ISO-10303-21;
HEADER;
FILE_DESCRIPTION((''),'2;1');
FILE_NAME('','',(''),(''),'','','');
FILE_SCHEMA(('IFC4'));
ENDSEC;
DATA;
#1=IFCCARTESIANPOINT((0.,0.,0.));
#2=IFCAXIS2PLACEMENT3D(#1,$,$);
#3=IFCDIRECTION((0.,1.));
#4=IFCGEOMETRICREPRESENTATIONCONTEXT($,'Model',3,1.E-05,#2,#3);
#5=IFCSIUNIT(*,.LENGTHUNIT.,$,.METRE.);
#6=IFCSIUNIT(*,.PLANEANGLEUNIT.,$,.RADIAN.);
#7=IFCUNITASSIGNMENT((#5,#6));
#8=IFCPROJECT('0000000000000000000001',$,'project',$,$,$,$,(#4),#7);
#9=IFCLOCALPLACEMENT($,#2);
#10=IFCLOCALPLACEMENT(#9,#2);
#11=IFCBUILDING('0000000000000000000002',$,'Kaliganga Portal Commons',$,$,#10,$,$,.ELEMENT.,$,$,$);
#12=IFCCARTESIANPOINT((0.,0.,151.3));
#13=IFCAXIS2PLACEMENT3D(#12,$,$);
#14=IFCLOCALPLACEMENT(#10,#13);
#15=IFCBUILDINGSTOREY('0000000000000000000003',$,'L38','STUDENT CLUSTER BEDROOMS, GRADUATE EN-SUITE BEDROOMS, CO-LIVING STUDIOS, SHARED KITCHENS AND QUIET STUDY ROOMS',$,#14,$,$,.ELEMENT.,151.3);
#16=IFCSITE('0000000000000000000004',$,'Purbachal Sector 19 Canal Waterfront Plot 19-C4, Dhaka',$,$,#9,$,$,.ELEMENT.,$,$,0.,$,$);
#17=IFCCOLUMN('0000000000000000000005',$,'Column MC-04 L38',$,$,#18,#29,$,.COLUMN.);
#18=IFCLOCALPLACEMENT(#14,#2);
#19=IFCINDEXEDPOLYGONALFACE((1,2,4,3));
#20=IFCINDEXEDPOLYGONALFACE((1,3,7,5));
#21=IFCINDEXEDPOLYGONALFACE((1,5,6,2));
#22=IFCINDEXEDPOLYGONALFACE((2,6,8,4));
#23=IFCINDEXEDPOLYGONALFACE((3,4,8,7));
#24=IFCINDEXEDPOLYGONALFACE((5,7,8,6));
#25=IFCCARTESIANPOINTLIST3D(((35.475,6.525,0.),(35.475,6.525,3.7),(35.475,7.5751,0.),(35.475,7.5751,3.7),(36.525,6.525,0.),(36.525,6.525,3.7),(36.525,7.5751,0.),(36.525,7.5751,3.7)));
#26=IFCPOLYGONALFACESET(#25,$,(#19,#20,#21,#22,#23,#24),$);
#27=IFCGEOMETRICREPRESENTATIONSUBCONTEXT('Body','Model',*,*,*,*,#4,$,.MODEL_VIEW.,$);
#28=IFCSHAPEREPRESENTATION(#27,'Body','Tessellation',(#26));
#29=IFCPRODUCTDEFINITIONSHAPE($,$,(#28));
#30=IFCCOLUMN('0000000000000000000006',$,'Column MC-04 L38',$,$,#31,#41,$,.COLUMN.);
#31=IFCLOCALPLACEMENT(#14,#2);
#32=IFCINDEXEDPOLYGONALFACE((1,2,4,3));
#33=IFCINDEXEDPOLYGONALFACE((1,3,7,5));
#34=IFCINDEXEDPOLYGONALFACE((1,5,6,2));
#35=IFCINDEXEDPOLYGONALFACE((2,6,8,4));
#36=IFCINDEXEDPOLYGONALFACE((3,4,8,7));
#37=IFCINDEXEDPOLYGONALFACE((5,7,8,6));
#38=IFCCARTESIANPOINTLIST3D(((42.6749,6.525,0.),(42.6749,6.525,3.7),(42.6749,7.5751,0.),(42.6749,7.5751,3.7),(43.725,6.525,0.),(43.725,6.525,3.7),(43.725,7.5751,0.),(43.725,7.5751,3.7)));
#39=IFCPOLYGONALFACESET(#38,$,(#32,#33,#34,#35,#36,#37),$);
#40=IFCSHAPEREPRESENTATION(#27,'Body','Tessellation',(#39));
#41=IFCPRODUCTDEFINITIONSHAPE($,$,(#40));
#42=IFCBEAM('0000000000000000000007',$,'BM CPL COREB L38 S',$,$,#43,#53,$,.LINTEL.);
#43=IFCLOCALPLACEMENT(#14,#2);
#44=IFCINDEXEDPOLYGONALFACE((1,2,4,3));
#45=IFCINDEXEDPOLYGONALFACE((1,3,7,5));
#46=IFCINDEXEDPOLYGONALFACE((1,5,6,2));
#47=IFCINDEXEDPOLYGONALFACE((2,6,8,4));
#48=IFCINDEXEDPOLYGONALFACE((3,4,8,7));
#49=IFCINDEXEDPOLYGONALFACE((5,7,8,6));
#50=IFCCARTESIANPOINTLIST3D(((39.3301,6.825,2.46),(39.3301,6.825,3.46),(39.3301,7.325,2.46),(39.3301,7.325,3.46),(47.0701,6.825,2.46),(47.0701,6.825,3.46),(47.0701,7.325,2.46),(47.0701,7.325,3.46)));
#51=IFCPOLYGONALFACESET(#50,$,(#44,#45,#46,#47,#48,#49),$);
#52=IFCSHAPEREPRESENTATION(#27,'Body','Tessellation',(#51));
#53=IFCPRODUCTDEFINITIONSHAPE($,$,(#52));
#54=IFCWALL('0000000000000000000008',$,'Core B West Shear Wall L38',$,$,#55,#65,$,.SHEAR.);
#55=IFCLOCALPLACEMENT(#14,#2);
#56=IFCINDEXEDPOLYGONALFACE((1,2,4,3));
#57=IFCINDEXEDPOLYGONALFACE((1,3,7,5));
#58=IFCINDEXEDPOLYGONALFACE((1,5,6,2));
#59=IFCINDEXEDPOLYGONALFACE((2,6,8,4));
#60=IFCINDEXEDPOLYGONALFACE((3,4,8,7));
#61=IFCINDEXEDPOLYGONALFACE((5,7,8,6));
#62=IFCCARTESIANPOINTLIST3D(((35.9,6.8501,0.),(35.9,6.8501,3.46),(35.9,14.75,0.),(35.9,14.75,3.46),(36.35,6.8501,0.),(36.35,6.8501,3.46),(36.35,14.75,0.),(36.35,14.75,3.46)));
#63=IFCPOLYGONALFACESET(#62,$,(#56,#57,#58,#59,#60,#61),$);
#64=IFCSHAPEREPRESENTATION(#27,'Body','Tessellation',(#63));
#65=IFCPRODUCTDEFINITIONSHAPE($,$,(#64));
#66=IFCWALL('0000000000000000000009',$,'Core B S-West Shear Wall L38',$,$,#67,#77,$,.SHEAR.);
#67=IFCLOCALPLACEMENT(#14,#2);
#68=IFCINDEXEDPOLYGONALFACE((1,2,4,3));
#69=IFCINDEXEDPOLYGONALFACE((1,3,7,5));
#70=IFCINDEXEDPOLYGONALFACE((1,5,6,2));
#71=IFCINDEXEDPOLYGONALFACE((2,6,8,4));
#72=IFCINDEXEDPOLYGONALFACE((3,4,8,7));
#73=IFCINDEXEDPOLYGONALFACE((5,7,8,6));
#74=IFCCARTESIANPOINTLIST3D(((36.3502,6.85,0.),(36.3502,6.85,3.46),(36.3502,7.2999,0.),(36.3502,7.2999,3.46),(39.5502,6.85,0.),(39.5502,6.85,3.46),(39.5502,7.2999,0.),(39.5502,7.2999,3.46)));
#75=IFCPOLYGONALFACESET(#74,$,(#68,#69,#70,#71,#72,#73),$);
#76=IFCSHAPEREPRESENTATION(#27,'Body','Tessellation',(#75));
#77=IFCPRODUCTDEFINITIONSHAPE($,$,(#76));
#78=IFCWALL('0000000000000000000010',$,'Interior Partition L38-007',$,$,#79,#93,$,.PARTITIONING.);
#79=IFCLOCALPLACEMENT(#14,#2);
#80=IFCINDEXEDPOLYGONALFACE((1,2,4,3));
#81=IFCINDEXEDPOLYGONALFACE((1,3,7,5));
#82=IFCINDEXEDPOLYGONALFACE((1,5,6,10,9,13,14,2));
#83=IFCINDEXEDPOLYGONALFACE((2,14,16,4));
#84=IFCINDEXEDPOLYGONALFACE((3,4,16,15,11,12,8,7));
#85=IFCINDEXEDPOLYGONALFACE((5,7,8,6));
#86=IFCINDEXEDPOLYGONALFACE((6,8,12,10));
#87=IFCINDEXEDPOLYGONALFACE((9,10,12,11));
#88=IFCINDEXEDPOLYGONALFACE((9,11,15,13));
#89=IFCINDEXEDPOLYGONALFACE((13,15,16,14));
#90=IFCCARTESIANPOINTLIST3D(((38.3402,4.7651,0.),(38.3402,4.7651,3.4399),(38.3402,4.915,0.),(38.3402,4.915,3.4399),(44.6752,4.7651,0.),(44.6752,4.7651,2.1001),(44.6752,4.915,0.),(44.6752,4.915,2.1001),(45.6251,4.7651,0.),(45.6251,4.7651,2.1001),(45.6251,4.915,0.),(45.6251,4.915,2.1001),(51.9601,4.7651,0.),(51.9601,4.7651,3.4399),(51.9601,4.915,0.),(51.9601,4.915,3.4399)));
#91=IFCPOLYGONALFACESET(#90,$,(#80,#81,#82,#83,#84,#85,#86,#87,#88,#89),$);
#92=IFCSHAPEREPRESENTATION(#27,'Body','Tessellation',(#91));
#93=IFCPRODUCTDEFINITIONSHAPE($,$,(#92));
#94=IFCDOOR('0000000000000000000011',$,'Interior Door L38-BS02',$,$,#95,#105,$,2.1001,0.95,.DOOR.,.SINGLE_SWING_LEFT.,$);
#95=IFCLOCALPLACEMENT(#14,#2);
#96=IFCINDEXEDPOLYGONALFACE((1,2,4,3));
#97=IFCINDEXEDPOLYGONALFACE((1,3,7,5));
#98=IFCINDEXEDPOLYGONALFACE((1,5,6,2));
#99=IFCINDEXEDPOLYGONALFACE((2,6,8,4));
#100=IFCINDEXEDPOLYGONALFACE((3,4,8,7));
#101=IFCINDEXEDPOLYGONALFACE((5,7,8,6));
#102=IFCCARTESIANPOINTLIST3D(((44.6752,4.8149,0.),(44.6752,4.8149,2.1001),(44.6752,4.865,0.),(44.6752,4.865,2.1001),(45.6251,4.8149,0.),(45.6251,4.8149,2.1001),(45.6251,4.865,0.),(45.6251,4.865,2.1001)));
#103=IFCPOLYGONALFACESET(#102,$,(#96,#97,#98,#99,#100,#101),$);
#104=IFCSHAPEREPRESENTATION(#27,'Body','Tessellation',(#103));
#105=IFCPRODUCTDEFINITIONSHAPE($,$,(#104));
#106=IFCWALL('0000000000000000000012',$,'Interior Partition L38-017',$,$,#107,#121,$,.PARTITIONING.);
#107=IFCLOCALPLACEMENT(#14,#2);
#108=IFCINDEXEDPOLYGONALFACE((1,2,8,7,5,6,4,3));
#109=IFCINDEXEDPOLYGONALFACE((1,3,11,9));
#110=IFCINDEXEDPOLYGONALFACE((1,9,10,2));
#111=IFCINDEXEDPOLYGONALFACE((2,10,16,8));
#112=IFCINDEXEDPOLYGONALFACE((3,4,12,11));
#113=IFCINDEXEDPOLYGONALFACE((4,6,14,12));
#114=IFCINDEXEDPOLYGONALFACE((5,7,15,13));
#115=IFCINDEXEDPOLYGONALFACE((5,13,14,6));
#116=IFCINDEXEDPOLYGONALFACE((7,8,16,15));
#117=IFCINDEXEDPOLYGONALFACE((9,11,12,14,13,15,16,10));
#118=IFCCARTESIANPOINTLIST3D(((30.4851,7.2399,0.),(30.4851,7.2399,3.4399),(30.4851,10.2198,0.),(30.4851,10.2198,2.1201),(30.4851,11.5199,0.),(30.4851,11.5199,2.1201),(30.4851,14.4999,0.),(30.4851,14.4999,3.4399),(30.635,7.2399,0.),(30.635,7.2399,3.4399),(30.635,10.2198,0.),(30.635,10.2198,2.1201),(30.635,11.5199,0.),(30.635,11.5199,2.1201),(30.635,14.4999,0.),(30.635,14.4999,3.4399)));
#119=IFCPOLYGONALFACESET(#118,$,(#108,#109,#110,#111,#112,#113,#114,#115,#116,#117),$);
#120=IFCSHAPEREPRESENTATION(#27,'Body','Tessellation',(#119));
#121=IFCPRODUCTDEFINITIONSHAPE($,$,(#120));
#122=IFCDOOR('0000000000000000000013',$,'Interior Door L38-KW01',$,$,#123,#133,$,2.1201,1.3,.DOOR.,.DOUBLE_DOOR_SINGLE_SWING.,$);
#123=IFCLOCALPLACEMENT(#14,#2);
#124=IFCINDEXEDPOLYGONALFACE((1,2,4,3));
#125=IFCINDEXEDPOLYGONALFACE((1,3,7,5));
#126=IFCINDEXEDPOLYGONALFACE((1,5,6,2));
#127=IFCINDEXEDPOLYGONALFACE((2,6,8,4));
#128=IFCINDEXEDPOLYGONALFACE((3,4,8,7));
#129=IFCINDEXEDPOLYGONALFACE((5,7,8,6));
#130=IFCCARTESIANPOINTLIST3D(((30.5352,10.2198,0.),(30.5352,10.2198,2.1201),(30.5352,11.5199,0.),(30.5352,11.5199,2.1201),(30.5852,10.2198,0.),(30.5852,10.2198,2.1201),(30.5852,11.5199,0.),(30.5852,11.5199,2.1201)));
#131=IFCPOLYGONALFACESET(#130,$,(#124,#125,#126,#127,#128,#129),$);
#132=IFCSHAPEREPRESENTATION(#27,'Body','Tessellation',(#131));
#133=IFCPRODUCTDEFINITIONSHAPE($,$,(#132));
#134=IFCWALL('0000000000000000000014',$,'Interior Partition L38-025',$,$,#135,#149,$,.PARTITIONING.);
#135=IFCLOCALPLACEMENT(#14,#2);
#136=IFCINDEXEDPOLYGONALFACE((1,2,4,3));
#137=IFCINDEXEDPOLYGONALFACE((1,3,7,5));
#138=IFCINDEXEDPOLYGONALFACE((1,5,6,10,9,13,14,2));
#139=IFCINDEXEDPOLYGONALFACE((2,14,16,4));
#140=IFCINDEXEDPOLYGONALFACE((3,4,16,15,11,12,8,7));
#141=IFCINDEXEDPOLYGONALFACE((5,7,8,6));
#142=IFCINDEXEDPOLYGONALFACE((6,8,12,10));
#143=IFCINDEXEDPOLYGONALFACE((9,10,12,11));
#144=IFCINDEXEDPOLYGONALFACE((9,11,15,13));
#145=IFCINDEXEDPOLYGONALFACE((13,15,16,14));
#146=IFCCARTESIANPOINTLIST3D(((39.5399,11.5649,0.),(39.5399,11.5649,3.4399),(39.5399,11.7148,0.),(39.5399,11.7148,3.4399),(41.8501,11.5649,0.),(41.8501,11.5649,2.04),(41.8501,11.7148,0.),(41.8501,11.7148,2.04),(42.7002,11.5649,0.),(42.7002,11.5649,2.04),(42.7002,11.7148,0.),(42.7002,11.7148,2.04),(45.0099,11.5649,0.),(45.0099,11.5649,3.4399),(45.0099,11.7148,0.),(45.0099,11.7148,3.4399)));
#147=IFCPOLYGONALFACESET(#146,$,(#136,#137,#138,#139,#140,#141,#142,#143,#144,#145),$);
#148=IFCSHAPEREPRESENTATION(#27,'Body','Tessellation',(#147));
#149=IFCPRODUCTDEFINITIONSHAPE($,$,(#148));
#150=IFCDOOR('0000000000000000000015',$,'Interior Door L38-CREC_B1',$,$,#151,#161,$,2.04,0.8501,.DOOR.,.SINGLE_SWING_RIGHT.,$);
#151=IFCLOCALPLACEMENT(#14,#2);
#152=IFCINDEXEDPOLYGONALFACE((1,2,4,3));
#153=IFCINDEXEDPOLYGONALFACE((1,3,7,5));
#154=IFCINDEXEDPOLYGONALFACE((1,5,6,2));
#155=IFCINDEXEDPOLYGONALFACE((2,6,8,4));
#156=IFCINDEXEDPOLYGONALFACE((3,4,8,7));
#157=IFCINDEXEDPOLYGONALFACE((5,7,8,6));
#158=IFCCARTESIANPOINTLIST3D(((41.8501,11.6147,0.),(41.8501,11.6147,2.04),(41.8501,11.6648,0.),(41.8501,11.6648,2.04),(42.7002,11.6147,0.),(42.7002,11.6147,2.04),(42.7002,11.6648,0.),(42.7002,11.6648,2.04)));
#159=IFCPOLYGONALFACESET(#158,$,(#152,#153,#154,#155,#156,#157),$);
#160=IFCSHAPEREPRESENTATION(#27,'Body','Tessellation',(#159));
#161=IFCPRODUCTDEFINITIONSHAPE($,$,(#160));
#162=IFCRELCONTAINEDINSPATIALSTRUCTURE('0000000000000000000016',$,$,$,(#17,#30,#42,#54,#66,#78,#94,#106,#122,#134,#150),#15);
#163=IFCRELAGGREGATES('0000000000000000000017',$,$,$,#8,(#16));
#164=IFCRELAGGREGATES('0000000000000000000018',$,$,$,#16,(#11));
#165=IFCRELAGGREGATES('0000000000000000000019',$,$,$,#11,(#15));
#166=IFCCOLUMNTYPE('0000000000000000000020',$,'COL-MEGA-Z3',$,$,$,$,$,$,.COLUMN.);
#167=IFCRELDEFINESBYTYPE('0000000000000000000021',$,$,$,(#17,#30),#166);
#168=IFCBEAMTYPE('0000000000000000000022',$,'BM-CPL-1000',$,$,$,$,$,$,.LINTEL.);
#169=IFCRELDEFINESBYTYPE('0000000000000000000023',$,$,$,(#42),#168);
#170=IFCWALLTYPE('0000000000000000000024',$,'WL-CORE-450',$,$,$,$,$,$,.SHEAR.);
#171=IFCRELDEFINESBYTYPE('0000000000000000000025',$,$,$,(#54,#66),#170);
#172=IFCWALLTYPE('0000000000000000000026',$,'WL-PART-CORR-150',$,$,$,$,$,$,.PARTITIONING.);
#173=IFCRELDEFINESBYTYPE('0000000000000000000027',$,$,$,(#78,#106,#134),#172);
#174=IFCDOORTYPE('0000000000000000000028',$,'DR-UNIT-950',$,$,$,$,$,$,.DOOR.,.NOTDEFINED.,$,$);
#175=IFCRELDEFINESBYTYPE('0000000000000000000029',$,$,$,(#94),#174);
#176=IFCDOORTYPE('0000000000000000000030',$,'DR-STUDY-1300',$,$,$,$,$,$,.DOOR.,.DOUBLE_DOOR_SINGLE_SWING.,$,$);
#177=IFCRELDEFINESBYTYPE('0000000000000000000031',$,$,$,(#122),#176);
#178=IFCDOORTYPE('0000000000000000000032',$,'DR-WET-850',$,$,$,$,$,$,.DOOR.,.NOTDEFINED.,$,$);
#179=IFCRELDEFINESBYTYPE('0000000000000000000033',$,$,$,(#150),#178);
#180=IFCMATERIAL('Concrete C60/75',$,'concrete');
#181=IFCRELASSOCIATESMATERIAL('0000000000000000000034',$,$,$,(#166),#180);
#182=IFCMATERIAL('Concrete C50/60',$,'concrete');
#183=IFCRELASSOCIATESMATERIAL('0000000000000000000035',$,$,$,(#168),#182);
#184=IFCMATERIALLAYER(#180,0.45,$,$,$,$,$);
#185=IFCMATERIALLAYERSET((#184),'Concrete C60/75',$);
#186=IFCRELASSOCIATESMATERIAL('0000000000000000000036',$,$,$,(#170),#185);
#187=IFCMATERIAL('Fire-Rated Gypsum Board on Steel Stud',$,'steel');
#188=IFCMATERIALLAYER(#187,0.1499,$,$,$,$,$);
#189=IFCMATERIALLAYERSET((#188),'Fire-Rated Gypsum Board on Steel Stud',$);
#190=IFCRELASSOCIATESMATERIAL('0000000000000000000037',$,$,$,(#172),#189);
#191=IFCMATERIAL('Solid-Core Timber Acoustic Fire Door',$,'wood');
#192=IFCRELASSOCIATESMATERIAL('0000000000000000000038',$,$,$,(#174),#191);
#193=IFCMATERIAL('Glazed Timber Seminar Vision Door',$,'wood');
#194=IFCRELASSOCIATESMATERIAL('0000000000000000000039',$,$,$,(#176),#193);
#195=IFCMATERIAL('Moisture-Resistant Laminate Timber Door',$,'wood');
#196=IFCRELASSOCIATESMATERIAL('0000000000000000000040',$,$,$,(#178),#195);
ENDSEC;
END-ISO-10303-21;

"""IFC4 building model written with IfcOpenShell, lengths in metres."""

from ifc_helpers import new_model, si_unit, direction, frame, frame_2d, origin, origin_2d, place, context, subcontext, project, spatial, rectangle, extrude, source, transform, mapped, material, layer, layer_set, material_profile, profile_set, type_object, element, fill, save


model = new_model("IFC4")

# Units and contexts
model_context = context("Model", 3, precision=1e-05, world=origin(), true_north=direction((0.0, 1.0)))
body_context = subcontext(model_context, "Body", "Model", "MODEL_VIEW")
ifc_project = project(units=[si_unit("LENGTHUNIT", "METRE"), si_unit("PLANEANGLEUNIT", "RADIAN")], contexts=[model_context])

# Site, building, storey
site_placement = place(None, origin())
site = spatial("IfcSite", under=ifc_project, at=site_placement, Name="Purbachal Sector 19 Canal Waterfront Plot 19-C4, Dhaka", CompositionType="ELEMENT", RefElevation=0.0)
building_placement = place(site_placement, origin())
building = spatial("IfcBuilding", under=site, at=building_placement, Name="Kaliganga Portal Commons", CompositionType="ELEMENT")
storey_placement = place(building_placement, frame((0.0, 0.0, 151.3)))
storey = spatial("IfcBuildingStorey", under=building, at=storey_placement, Name="L38", Description="STUDENT CLUSTER BEDROOMS, GRADUATE EN-SUITE BEDROOMS, CO-LIVING STUDIOS, SHARED KITCHENS AND QUIET STUDY ROOMS", CompositionType="ELEMENT", Elevation=151.3)

# Columns
ifc_material_1 = material(Name="Concrete C60/75", Category="concrete")
ifc_material_profile_1 = material_profile(ifc_material_1, rectangle(XDim=1.05, YDim=1.05, at=origin_2d()), Name="RC 1050x1050")
ifc_profile_set_1 = profile_set([ifc_material_profile_1], Name="Concrete C60/75")
column_type = type_object("IfcColumnType", Name="COL-MEGA-Z3", PredefinedType="COLUMN", material=ifc_profile_set_1)
shared_shape_1 = source(origin(), body_context, "Body", "SweptSolid", [
    extrude(rectangle(XDim=1.05, YDim=1.05, at=origin_2d()), origin(), (0.0, 0.0, 1.0), 3.7),
])
for number, where, z_axis, x_axis, name in (
    (1, (36.0, 7.05, 0.0), (0.0, 0.0, 1.0), (1.0, 0.0, 0.0), "Column MC-04 L38"),
    (2, (43.2, 7.05, 0.0), (0.0, 0.0, 1.0), (1.0, 0.0, 0.0), "Column MC-04 L38"),
):
    element("IfcColumn", number, at=place(storey_placement, frame(where, z_axis=z_axis, x_axis=x_axis)), inside=storey, type_object=column_type, Name=name, PredefinedType="COLUMN", context=body_context, shape_type="MappedRepresentation", body=[
        mapped(shared_shape_1, transform((0.0, 0.0, 0.0), x_axis=(1.0, 0.0, 0.0), y_axis=(0.0, 1.0, 0.0), z_axis=(0.0, 0.0, 1.0), scale=1.0)),
    ])

# Beam
ifc_material_2 = material(Name="Concrete C50/60", Category="concrete")
ifc_material_profile_2 = material_profile(ifc_material_2, rectangle(XDim=0.5, YDim=1.0, at=origin_2d()), Name="RC 500x1000")
ifc_profile_set_2 = profile_set([ifc_material_profile_2], Name="Concrete C50/60")
beam_type = type_object("IfcBeamType", Name="BM-CPL-1000", PredefinedType="LINTEL", material=ifc_profile_set_2)
shared_shape_2 = source(origin(), body_context, "Body", "SweptSolid", [
    extrude(rectangle(XDim=0.5, YDim=1.0, at=origin_2d()), origin(), (0.0, 0.0, 1.0), 7.74),
])
beam_placement = place(storey_placement, frame((39.3301, 7.075, 2.96), z_axis=(1.0, 0.0, 0.0), x_axis=(0.0, 1.0, 0.0)))
element("IfcBeam", 3, at=beam_placement, inside=storey, type_object=beam_type, Name="BM CPL COREB L38 S", PredefinedType="LINTEL", context=body_context, shape_type="MappedRepresentation", body=[
    mapped(shared_shape_2, transform((0.0, 0.0, 0.0), x_axis=(1.0, 0.0, 0.0), y_axis=(0.0, 1.0, 0.0), z_axis=(0.0, 0.0, 1.0), scale=1.0)),
])

# Walls
ifc_layer_1 = layer(ifc_material_1, 0.45)
ifc_layer_set_1 = layer_set([ifc_layer_1], Name="Concrete C60/75")
wall_type_1 = type_object("IfcWallType", Name="WL-CORE-450", PredefinedType="SHEAR", material=ifc_layer_set_1)
wall_1_placement = place(storey_placement, frame((36.125, 6.8501, 0.0), z_axis=(0.0, 0.0, 1.0), x_axis=(0.0, 1.0, 0.0)))
element("IfcWall", 4, at=wall_1_placement, inside=storey, type_object=wall_type_1, Name="Core B West Shear Wall L38", PredefinedType="SHEAR", context=body_context, shape_type="SweptSolid", body=[
    extrude(rectangle(XDim=7.8999, YDim=0.45, at=frame_2d((3.95, 0.0))), origin(), (0.0, 0.0, 1.0), 3.46),
])
wall_2_placement = place(storey_placement, frame((36.3501, 7.075, 0.0), z_axis=(0.0, 0.0, 1.0), x_axis=(1.0, 0.0, 0.0)))
element("IfcWall", 5, at=wall_2_placement, inside=storey, type_object=wall_type_1, Name="Core B S-West Shear Wall L38", PredefinedType="SHEAR", context=body_context, shape_type="SweptSolid", body=[
    extrude(rectangle(XDim=3.2, YDim=0.45, at=frame_2d((1.6001, 0.0))), origin(), (0.0, 0.0, 1.0), 3.46),
])

# Walls, openings, doors
ifc_material_3 = material(Name="Fire-Rated Gypsum Board on Steel Stud", Category="steel")
ifc_layer_2 = layer(ifc_material_3, 0.1499)
ifc_layer_set_2 = layer_set([ifc_layer_2], Name="Fire-Rated Gypsum Board on Steel Stud")
wall_type_2 = type_object("IfcWallType", Name="WL-PART-CORR-150", PredefinedType="PARTITIONING", material=ifc_layer_set_2)
wall_3_placement = place(storey_placement, frame((38.3401, 4.8401, 0.0), z_axis=(0.0, 0.0, 1.0), x_axis=(1.0, 0.0, 0.0)))
wall_3 = element("IfcWall", 6, at=wall_3_placement, inside=storey, type_object=wall_type_2, Name="Interior Partition L38-007", PredefinedType="PARTITIONING", context=body_context, shape_type="SweptSolid", body=[
    extrude(rectangle(XDim=13.6199, YDim=0.1499, at=frame_2d((6.8101, 0.0))), origin(), (0.0, 0.0, 1.0), 3.4399),
])
opening_1_placement = place(wall_3_placement, frame((6.335, 0.0, 0.0)))
opening_1 = element("IfcOpeningElement", 7, at=opening_1_placement, cuts=wall_3, PredefinedType="OPENING", context=body_context, shape_type="SweptSolid", body=[
    extrude(rectangle(XDim=0.95, YDim=2.1001, at=frame_2d((0.4751, 1.05))), frame((0.0, 0.085, 0.0), z_axis=(0.0, -1.0, 0.0), x_axis=(1.0, 0.0, 0.0)), (0.0, 0.0, 1.0), 0.1699),
])
ifc_material_4 = material(Name="Solid-Core Timber Acoustic Fire Door", Category="wood")
door_type_1 = type_object("IfcDoorType", Name="DR-UNIT-950", OperationType="NOTDEFINED", PredefinedType="DOOR", material=ifc_material_4)
door_1_placement = place(opening_1_placement, origin())
door_1 = element("IfcDoor", 8, at=door_1_placement, inside=storey, type_object=door_type_1, Name="Interior Door L38-BS02", OperationType="SINGLE_SWING_LEFT", OverallHeight=2.1001, OverallWidth=0.95, PredefinedType="DOOR", context=body_context, shape_type="SweptSolid", body=[
    extrude(rectangle(XDim=0.95, YDim=2.1001, at=frame_2d((0.4751, 1.05))), frame((0.0, 0.0249, 0.0), z_axis=(0.0, -1.0, 0.0), x_axis=(1.0, 0.0, 0.0)), (0.0, 0.0, 1.0), 0.05),
])
fill(opening_1, door_1)
wall_4_placement = place(storey_placement, frame((30.5601, 7.24, 0.0), z_axis=(0.0, 0.0, 1.0), x_axis=(0.0, 1.0, 0.0)))
wall_4 = element("IfcWall", 9, at=wall_4_placement, inside=storey, type_object=wall_type_2, Name="Interior Partition L38-017", PredefinedType="PARTITIONING", context=body_context, shape_type="SweptSolid", body=[
    extrude(rectangle(XDim=7.26, YDim=0.1499, at=frame_2d((3.6299, 0.0))), origin(), (0.0, 0.0, 1.0), 3.4399),
])
opening_2_placement = place(wall_4_placement, frame((2.98, 0.0, 0.0)))
opening_2 = element("IfcOpeningElement", 10, at=opening_2_placement, cuts=wall_4, PredefinedType="OPENING", context=body_context, shape_type="SweptSolid", body=[
    extrude(rectangle(XDim=1.3, YDim=2.1201, at=frame_2d((0.6499, 1.0601))), frame((0.0, 0.085, 0.0), z_axis=(0.0, -1.0, 0.0), x_axis=(1.0, 0.0, 0.0)), (0.0, 0.0, 1.0), 0.1699),
])
ifc_material_5 = material(Name="Glazed Timber Seminar Vision Door", Category="wood")
door_type_2 = type_object("IfcDoorType", Name="DR-STUDY-1300", OperationType="DOUBLE_DOOR_SINGLE_SWING", PredefinedType="DOOR", material=ifc_material_5)
door_2_placement = place(opening_2_placement, origin())
door_2 = element("IfcDoor", 11, at=door_2_placement, inside=storey, type_object=door_type_2, Name="Interior Door L38-KW01", OperationType="DOUBLE_DOOR_SINGLE_SWING", OverallHeight=2.1201, OverallWidth=1.3, PredefinedType="DOOR", context=body_context, shape_type="SweptSolid", body=[
    extrude(rectangle(XDim=1.3, YDim=2.1201, at=frame_2d((0.6499, 1.0601))), frame((0.0, 0.0249, 0.0), z_axis=(0.0, -1.0, 0.0), x_axis=(1.0, 0.0, 0.0)), (0.0, 0.0, 1.0), 0.05),
])
fill(opening_2, door_2)
wall_5_placement = place(storey_placement, frame((39.54, 11.6399, 0.0), z_axis=(0.0, 0.0, 1.0), x_axis=(1.0, 0.0, 0.0)))
wall_5 = element("IfcWall", 12, at=wall_5_placement, inside=storey, type_object=wall_type_2, Name="Interior Partition L38-025", PredefinedType="PARTITIONING", context=body_context, shape_type="SweptSolid", body=[
    extrude(rectangle(XDim=5.47, YDim=0.1499, at=frame_2d((2.7349, 0.0))), origin(), (0.0, 0.0, 1.0), 3.4399),
])
opening_3_placement = place(wall_5_placement, frame((2.3101, 0.0, 0.0)))
opening_3 = element("IfcOpeningElement", 13, at=opening_3_placement, cuts=wall_5, PredefinedType="OPENING", context=body_context, shape_type="SweptSolid", body=[
    extrude(rectangle(XDim=0.8501, YDim=2.04, at=frame_2d((0.425, 1.02))), frame((0.0, 0.085, 0.0), z_axis=(0.0, -1.0, 0.0), x_axis=(1.0, 0.0, 0.0)), (0.0, 0.0, 1.0), 0.1699),
])
ifc_material_6 = material(Name="Moisture-Resistant Laminate Timber Door", Category="wood")
door_type_3 = type_object("IfcDoorType", Name="DR-WET-850", OperationType="NOTDEFINED", PredefinedType="DOOR", material=ifc_material_6)
door_3_placement = place(opening_3_placement, origin())
door_3 = element("IfcDoor", 14, at=door_3_placement, inside=storey, type_object=door_type_3, Name="Interior Door L38-CREC_B1", OperationType="SINGLE_SWING_RIGHT", OverallHeight=2.04, OverallWidth=0.8501, PredefinedType="DOOR", context=body_context, shape_type="SweptSolid", body=[
    extrude(rectangle(XDim=0.8501, YDim=2.04, at=frame_2d((0.425, 1.02))), frame((0.0, 0.0249, 0.0), z_axis=(0.0, -1.0, 0.0), x_axis=(1.0, 0.0, 0.0)), (0.0, 0.0, 1.0), 0.05),
])
fill(opening_3, door_3)

save(model, "model.ifc")
